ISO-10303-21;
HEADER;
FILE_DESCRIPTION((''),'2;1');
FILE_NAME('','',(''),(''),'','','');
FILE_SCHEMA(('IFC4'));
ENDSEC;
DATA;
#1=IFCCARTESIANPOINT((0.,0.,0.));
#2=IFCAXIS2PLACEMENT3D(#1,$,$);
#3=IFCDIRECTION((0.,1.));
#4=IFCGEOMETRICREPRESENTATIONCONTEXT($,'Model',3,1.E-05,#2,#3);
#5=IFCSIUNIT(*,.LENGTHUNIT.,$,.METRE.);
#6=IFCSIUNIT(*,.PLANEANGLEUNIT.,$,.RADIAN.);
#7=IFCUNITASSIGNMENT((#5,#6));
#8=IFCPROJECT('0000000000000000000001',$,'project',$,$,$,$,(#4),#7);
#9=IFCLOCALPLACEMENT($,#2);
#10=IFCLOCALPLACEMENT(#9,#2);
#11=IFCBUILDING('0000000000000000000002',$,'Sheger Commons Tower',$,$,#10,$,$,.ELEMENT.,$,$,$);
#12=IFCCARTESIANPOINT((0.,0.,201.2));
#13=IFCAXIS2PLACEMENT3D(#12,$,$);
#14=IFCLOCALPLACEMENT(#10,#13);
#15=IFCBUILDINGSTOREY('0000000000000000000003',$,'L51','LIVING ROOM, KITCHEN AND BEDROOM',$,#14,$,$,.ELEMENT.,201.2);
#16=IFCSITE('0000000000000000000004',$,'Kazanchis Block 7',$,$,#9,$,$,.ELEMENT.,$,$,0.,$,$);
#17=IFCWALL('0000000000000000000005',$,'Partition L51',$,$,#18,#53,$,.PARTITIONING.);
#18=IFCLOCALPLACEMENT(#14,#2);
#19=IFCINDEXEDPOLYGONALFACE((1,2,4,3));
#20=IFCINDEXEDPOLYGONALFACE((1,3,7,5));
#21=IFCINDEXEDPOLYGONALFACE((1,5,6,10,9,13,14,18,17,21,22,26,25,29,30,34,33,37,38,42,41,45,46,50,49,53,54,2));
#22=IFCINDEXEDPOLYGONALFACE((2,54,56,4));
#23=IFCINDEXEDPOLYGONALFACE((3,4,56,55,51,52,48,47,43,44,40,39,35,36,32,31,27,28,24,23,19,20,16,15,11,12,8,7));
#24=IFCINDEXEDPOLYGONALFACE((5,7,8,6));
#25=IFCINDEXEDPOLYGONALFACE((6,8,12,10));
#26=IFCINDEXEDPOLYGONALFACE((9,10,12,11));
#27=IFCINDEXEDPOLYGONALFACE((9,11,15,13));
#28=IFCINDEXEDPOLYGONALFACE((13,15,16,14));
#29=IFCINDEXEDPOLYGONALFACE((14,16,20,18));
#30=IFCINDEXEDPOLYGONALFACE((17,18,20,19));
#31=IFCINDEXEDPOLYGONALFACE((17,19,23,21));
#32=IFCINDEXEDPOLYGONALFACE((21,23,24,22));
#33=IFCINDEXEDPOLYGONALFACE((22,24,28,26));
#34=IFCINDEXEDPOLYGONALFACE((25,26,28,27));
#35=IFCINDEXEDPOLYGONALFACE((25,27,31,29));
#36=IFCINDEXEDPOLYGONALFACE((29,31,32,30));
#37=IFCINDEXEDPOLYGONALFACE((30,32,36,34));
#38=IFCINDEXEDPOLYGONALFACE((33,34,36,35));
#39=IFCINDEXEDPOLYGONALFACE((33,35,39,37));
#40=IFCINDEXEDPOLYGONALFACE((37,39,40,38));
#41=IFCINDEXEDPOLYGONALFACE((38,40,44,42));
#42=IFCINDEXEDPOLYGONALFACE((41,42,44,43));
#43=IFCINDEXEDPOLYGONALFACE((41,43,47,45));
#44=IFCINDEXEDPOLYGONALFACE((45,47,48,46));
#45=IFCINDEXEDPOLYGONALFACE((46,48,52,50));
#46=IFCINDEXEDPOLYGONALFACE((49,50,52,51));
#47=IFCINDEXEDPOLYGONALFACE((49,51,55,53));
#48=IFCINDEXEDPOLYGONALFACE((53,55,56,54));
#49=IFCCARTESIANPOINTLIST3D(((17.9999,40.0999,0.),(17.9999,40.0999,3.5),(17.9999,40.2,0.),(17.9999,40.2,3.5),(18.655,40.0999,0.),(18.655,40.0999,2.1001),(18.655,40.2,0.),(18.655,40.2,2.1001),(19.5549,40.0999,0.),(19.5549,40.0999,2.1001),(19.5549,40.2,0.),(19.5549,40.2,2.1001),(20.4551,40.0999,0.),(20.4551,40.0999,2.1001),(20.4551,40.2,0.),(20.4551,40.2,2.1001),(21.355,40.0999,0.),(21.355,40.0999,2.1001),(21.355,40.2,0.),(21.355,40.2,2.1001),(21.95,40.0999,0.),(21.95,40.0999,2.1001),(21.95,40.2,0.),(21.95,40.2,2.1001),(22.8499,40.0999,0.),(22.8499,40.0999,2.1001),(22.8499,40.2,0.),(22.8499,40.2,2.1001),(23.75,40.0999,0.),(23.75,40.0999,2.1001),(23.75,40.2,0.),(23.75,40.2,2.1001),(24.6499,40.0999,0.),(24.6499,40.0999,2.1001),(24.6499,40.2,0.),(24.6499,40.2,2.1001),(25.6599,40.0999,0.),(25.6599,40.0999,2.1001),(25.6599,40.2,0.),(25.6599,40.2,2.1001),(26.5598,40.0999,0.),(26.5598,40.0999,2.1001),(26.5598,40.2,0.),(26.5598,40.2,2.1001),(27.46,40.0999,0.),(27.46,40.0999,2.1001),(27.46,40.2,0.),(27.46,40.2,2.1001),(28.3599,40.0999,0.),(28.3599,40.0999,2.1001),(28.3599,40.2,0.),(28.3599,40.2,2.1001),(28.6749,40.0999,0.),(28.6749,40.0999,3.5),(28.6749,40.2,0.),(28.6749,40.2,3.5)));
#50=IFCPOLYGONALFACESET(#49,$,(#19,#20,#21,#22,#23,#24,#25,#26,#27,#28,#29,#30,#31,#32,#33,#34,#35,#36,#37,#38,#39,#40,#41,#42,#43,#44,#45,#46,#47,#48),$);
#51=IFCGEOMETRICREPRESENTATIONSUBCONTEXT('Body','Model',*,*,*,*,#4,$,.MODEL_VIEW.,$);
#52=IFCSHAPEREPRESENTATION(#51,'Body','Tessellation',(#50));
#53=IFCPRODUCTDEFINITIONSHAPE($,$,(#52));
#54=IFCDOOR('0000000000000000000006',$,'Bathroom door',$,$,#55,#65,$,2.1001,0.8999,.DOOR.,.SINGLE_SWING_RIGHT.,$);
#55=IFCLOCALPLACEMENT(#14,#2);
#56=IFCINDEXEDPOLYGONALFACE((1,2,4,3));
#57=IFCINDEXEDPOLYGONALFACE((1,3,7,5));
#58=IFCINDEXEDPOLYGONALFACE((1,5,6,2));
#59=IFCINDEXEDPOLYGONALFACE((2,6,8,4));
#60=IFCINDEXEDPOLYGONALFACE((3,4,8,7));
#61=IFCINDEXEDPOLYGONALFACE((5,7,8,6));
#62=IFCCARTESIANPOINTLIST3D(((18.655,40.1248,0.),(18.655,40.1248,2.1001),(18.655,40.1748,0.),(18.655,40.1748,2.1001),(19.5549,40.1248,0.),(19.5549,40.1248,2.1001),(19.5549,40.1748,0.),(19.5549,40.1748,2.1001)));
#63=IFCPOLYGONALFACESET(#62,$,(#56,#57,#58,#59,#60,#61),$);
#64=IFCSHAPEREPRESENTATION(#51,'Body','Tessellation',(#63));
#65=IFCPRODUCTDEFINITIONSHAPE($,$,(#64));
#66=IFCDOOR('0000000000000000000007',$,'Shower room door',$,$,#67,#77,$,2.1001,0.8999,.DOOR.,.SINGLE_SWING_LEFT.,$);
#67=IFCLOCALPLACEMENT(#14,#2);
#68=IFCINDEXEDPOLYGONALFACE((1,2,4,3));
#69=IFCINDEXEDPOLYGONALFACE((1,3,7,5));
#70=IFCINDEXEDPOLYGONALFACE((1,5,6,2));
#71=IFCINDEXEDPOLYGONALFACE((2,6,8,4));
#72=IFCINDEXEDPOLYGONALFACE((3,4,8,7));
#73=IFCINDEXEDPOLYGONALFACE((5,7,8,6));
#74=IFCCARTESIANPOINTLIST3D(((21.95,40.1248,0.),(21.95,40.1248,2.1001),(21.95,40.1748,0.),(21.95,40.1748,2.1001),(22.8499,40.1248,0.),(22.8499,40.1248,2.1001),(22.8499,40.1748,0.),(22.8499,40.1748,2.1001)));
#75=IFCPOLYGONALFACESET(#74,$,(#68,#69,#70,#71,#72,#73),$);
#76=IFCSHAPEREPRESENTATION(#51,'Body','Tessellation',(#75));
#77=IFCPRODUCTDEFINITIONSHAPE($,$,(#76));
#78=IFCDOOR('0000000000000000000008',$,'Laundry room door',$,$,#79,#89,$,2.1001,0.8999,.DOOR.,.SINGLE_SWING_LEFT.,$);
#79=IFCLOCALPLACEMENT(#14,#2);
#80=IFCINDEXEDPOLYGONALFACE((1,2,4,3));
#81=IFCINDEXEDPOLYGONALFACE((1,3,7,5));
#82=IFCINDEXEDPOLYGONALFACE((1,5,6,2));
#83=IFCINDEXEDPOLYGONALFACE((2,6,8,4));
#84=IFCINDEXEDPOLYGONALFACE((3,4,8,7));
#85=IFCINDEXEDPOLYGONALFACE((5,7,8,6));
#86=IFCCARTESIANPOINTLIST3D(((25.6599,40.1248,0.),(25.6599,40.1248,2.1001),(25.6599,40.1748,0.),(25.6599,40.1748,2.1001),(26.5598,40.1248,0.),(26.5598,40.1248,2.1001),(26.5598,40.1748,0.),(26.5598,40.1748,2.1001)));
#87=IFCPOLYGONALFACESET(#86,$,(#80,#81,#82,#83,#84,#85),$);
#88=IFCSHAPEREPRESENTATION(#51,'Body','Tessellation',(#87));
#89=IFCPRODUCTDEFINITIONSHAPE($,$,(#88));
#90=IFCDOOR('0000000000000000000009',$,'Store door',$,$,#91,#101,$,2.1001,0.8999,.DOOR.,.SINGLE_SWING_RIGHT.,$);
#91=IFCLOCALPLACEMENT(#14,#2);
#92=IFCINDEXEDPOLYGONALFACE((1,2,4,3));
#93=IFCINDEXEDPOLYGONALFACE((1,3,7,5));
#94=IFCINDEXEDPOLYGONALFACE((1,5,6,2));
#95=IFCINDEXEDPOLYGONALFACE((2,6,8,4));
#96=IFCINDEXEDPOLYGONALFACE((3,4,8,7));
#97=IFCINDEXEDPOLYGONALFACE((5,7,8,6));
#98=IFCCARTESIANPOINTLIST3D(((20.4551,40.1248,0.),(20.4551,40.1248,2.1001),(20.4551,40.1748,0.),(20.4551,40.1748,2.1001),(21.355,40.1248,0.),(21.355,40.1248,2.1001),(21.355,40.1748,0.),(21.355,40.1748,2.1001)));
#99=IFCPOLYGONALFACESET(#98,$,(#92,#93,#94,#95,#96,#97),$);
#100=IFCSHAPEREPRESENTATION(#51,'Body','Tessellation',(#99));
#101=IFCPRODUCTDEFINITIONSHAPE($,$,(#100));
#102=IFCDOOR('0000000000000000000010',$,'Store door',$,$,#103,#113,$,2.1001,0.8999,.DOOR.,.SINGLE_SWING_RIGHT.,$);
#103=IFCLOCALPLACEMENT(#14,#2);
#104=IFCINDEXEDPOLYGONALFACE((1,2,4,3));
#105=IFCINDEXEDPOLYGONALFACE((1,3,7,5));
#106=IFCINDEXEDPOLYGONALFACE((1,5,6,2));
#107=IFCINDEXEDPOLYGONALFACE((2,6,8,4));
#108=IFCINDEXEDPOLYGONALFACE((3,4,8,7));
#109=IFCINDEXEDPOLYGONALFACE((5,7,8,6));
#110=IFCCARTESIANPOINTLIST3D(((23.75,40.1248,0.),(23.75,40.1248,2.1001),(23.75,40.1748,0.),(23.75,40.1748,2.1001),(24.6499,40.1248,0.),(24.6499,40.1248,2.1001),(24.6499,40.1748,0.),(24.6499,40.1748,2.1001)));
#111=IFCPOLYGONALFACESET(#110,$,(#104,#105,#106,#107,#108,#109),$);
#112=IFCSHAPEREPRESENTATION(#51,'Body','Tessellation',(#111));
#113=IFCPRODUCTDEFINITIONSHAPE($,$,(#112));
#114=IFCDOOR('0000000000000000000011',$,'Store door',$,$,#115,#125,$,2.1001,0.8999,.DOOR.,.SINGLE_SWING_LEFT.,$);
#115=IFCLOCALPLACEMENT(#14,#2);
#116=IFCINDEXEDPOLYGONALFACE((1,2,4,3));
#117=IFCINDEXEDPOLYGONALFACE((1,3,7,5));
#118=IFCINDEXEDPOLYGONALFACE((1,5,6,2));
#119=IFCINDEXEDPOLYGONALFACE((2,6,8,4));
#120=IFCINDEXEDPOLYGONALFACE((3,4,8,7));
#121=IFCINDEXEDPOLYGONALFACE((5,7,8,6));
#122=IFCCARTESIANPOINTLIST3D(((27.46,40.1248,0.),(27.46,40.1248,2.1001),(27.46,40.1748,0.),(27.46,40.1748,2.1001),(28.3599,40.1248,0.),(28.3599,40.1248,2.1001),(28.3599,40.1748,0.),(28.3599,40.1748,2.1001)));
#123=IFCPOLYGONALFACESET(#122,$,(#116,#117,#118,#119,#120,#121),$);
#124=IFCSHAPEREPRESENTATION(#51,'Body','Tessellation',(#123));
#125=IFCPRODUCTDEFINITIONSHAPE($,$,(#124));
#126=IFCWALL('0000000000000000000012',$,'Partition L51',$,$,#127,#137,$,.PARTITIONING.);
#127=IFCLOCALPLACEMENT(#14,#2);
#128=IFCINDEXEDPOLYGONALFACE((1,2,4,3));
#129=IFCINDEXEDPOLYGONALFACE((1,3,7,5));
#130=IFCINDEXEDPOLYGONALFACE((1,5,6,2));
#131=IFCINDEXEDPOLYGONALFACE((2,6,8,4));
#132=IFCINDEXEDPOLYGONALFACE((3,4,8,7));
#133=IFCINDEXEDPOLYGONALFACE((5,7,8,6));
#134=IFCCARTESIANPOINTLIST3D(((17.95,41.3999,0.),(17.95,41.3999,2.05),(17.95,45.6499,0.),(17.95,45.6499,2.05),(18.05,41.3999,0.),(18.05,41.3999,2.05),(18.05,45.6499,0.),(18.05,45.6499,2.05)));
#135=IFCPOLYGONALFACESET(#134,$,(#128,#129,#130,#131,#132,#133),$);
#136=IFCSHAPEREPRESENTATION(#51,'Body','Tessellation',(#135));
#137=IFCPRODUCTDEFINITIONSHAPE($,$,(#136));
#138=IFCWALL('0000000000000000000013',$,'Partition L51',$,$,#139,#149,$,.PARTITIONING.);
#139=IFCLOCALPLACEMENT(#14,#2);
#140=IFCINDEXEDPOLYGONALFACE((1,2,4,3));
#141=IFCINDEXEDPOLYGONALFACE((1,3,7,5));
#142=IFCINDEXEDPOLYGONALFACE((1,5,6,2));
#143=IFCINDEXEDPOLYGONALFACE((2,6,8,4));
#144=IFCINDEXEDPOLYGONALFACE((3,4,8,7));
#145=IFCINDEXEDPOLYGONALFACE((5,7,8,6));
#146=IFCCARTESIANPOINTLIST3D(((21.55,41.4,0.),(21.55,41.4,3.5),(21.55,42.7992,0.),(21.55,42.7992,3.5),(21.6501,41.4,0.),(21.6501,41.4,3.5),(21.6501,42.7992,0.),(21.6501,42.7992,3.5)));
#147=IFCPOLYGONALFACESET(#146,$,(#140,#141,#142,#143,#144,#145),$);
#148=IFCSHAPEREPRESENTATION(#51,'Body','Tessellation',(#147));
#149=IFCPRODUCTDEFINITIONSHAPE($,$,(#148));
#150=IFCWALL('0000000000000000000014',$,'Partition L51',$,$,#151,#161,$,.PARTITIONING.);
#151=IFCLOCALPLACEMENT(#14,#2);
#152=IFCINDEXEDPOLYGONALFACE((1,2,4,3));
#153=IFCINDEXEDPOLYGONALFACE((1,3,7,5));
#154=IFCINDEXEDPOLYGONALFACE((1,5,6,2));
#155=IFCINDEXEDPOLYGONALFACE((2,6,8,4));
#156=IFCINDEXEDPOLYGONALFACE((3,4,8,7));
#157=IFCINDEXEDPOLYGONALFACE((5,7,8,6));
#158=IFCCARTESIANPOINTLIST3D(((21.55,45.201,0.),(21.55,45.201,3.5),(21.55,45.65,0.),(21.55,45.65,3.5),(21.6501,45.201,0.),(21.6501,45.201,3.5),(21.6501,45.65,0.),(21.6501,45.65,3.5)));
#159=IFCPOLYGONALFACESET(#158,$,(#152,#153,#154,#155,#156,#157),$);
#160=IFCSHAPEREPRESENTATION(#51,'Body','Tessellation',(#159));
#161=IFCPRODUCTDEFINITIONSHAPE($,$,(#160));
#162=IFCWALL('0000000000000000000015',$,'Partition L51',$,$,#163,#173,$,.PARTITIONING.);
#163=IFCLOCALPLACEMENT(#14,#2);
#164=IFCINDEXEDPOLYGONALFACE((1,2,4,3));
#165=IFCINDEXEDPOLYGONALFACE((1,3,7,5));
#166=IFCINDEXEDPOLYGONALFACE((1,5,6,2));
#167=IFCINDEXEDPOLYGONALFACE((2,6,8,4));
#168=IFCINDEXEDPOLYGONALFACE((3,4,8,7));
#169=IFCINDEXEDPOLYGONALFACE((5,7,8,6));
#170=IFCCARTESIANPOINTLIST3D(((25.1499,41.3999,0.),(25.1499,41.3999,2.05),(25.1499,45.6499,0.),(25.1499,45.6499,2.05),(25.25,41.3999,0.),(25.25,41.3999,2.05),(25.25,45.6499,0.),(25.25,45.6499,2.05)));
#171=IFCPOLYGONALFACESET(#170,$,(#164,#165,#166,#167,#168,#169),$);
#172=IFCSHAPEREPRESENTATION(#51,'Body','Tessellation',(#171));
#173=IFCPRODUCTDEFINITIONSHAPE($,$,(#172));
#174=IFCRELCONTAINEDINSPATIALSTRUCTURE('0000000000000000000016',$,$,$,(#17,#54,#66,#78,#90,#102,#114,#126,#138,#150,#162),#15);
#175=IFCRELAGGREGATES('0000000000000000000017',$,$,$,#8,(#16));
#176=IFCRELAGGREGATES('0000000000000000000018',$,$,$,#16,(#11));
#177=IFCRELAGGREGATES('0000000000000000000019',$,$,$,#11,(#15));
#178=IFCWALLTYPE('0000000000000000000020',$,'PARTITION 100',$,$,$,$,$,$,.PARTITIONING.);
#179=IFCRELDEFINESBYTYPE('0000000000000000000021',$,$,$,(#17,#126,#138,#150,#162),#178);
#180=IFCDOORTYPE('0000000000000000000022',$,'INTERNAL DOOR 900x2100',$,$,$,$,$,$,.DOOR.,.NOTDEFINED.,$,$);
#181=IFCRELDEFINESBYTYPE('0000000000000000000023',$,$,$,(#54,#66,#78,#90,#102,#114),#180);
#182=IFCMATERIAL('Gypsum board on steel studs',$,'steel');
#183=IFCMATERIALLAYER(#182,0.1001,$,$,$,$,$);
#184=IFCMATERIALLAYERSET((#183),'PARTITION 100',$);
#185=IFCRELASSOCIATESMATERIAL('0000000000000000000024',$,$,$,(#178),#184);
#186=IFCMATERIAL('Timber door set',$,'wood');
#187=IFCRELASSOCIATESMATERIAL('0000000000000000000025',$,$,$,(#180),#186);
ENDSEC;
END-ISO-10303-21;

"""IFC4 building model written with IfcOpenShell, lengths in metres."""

from ifc_helpers import new_model, si_unit, direction, frame, frame_2d, origin, place, context, subcontext, project, spatial, rectangle, extrude, material, layer, layer_set, type_object, element, fill, save


model = new_model("IFC4")

# Units and contexts
model_context = context("Model", 3, precision=1e-05, world=origin(), true_north=direction((0.0, 1.0)))
body_context = subcontext(model_context, "Body", "Model", "MODEL_VIEW")
ifc_project = project(units=[si_unit("LENGTHUNIT", "METRE"), si_unit("PLANEANGLEUNIT", "RADIAN")], contexts=[model_context])

# Site, building, storey
site_placement = place(None, origin())
site = spatial("IfcSite", under=ifc_project, at=site_placement, Name="Kazanchis Block 7", CompositionType="ELEMENT", RefElevation=0.0)
building_placement = place(site_placement, origin())
building = spatial("IfcBuilding", under=site, at=building_placement, Name="Sheger Commons Tower", CompositionType="ELEMENT")
storey_placement = place(building_placement, frame((0.0, 0.0, 201.2)))
storey = spatial("IfcBuildingStorey", under=building, at=storey_placement, Name="L51", Description="LIVING ROOM, KITCHEN AND BEDROOM", CompositionType="ELEMENT", Elevation=201.2)

# Wall, openings, doors
ifc_material_1 = material(Name="Gypsum board on steel studs", Category="steel")
ifc_layer_1 = layer(ifc_material_1, 0.1001)
ifc_layer_set_1 = layer_set([ifc_layer_1], Name="PARTITION 100")
wall_type = type_object("IfcWallType", Name="PARTITION 100", PredefinedType="PARTITIONING", material=ifc_layer_set_1)
ifc_material_2 = material(Name="Timber door set", Category="wood")
door_type = type_object("IfcDoorType", Name="INTERNAL DOOR 900x2100", OperationType="NOTDEFINED", PredefinedType="DOOR", material=ifc_material_2)
wall_1_placement = place(storey_placement, frame((18.0, 40.1499, 0.0), z_axis=(0.0, 0.0, 1.0), x_axis=(1.0, 0.0, 0.0)))
wall_1 = element("IfcWall", 1, at=wall_1_placement, inside=storey, type_object=wall_type, Name="Partition L51", PredefinedType="PARTITIONING", context=body_context, shape_type="SweptSolid", body=[
    extrude(rectangle(XDim=10.675, YDim=0.1001, at=frame_2d((5.3374, 0.0))), origin(), (0.0, 0.0, 1.0), 3.5),
])
opening_1_placement = place(wall_1_placement, frame((0.655, 0.0, 0.0)))
opening_1 = element("IfcOpeningElement", 2, at=opening_1_placement, cuts=wall_1, PredefinedType="OPENING", context=body_context, shape_type="SweptSolid", body=[
    extrude(rectangle(XDim=0.8999, YDim=2.1001, at=frame_2d((0.45, 1.05))), frame((0.0, 0.0601, 0.0), z_axis=(0.0, -1.0, 0.0), x_axis=(1.0, 0.0, 0.0)), (0.0, 0.0, 1.0), 0.1201),
])
opening_2_placement = place(wall_1_placement, frame((3.95, 0.0, 0.0)))
opening_2 = element("IfcOpeningElement", 3, at=opening_2_placement, cuts=wall_1, PredefinedType="OPENING", context=body_context, shape_type="SweptSolid", body=[
    extrude(rectangle(XDim=0.8999, YDim=2.1001, at=frame_2d((0.45, 1.05))), frame((0.0, 0.0601, 0.0), z_axis=(0.0, -1.0, 0.0), x_axis=(1.0, 0.0, 0.0)), (0.0, 0.0, 1.0), 0.1201),
])
opening_3_placement = place(wall_1_placement, frame((7.6599, 0.0, 0.0)))
opening_3 = element("IfcOpeningElement", 4, at=opening_3_placement, cuts=wall_1, PredefinedType="OPENING", context=body_context, shape_type="SweptSolid", body=[
    extrude(rectangle(XDim=0.8999, YDim=2.1001, at=frame_2d((0.45, 1.05))), frame((0.0, 0.0601, 0.0), z_axis=(0.0, -1.0, 0.0), x_axis=(1.0, 0.0, 0.0)), (0.0, 0.0, 1.0), 0.1201),
])
opening_4_placement = place(wall_1_placement, frame((2.4551, 0.0, 0.0)))
opening_4 = element("IfcOpeningElement", 5, at=opening_4_placement, cuts=wall_1, PredefinedType="OPENING", context=body_context, shape_type="SweptSolid", body=[
    extrude(rectangle(XDim=0.8999, YDim=2.1001, at=frame_2d((0.45, 1.05))), frame((0.0, 0.0601, 0.0), z_axis=(0.0, -1.0, 0.0), x_axis=(1.0, 0.0, 0.0)), (0.0, 0.0, 1.0), 0.1201),
])
opening_5_placement = place(wall_1_placement, frame((5.75, 0.0, 0.0)))
opening_5 = element("IfcOpeningElement", 6, at=opening_5_placement, cuts=wall_1, PredefinedType="OPENING", context=body_context, shape_type="SweptSolid", body=[
    extrude(rectangle(XDim=0.8999, YDim=2.1001, at=frame_2d((0.45, 1.05))), frame((0.0, 0.0601, 0.0), z_axis=(0.0, -1.0, 0.0), x_axis=(1.0, 0.0, 0.0)), (0.0, 0.0, 1.0), 0.1201),
])
opening_6_placement = place(wall_1_placement, frame((9.46, 0.0, 0.0)))
opening_6 = element("IfcOpeningElement", 7, at=opening_6_placement, cuts=wall_1, PredefinedType="OPENING", context=body_context, shape_type="SweptSolid", body=[
    extrude(rectangle(XDim=0.8999, YDim=2.1001, at=frame_2d((0.45, 1.05))), frame((0.0, 0.0601, 0.0), z_axis=(0.0, -1.0, 0.0), x_axis=(1.0, 0.0, 0.0)), (0.0, 0.0, 1.0), 0.1201),
])
door_1_placement = place(opening_1_placement, origin())
door_1 = element("IfcDoor", 8, at=door_1_placement, inside=storey, type_object=door_type, Name="Bathroom door", OperationType="SINGLE_SWING_RIGHT", OverallHeight=2.1001, OverallWidth=0.8999, PredefinedType="DOOR", context=body_context, shape_type="SweptSolid", body=[
    extrude(rectangle(XDim=0.8999, YDim=2.1001, at=frame_2d((0.45, 1.05))), frame((0.0, 0.0249, 0.0), z_axis=(0.0, -1.0, 0.0), x_axis=(1.0, 0.0, 0.0)), (0.0, 0.0, 1.0), 0.05),
])
fill(opening_1, door_1)
door_2_placement = place(opening_2_placement, origin())
door_2 = element("IfcDoor", 9, at=door_2_placement, inside=storey, type_object=door_type, Name="Shower room door", OperationType="SINGLE_SWING_LEFT", OverallHeight=2.1001, OverallWidth=0.8999, PredefinedType="DOOR", context=body_context, shape_type="SweptSolid", body=[
    extrude(rectangle(XDim=0.8999, YDim=2.1001, at=frame_2d((0.45, 1.05))), frame((0.0, 0.0249, 0.0), z_axis=(0.0, -1.0, 0.0), x_axis=(1.0, 0.0, 0.0)), (0.0, 0.0, 1.0), 0.05),
])
fill(opening_2, door_2)
door_3_placement = place(opening_3_placement, origin())
door_3 = element("IfcDoor", 10, at=door_3_placement, inside=storey, type_object=door_type, Name="Laundry room door", OperationType="SINGLE_SWING_LEFT", OverallHeight=2.1001, OverallWidth=0.8999, PredefinedType="DOOR", context=body_context, shape_type="SweptSolid", body=[
    extrude(rectangle(XDim=0.8999, YDim=2.1001, at=frame_2d((0.45, 1.05))), frame((0.0, 0.0249, 0.0), z_axis=(0.0, -1.0, 0.0), x_axis=(1.0, 0.0, 0.0)), (0.0, 0.0, 1.0), 0.05),
])
fill(opening_3, door_3)
door_4_placement = place(opening_4_placement, origin())
door_4 = element("IfcDoor", 11, at=door_4_placement, inside=storey, type_object=door_type, Name="Store door", OperationType="SINGLE_SWING_RIGHT", OverallHeight=2.1001, OverallWidth=0.8999, PredefinedType="DOOR", context=body_context, shape_type="SweptSolid", body=[
    extrude(rectangle(XDim=0.8999, YDim=2.1001, at=frame_2d((0.45, 1.05))), frame((0.0, 0.0249, 0.0), z_axis=(0.0, -1.0, 0.0), x_axis=(1.0, 0.0, 0.0)), (0.0, 0.0, 1.0), 0.05),
])
fill(opening_4, door_4)
door_5_placement = place(opening_5_placement, origin())
door_5 = element("IfcDoor", 12, at=door_5_placement, inside=storey, type_object=door_type, Name="Store door", OperationType="SINGLE_SWING_RIGHT", OverallHeight=2.1001, OverallWidth=0.8999, PredefinedType="DOOR", context=body_context, shape_type="SweptSolid", body=[
    extrude(rectangle(XDim=0.8999, YDim=2.1001, at=frame_2d((0.45, 1.05))), frame((0.0, 0.0249, 0.0), z_axis=(0.0, -1.0, 0.0), x_axis=(1.0, 0.0, 0.0)), (0.0, 0.0, 1.0), 0.05),
])
fill(opening_5, door_5)
door_6_placement = place(opening_6_placement, origin())
door_6 = element("IfcDoor", 13, at=door_6_placement, inside=storey, type_object=door_type, Name="Store door", OperationType="SINGLE_SWING_LEFT", OverallHeight=2.1001, OverallWidth=0.8999, PredefinedType="DOOR", context=body_context, shape_type="SweptSolid", body=[
    extrude(rectangle(XDim=0.8999, YDim=2.1001, at=frame_2d((0.45, 1.05))), frame((0.0, 0.0249, 0.0), z_axis=(0.0, -1.0, 0.0), x_axis=(1.0, 0.0, 0.0)), (0.0, 0.0, 1.0), 0.05),
])
fill(opening_6, door_6)

# Walls
wall_2_placement = place(storey_placement, frame((18.0, 41.3999, 0.0), z_axis=(0.0, 0.0, 1.0), x_axis=(0.0, 1.0, 0.0)))
element("IfcWall", 14, at=wall_2_placement, inside=storey, type_object=wall_type, Name="Partition L51", PredefinedType="PARTITIONING", context=body_context, shape_type="SweptSolid", body=[
    extrude(rectangle(XDim=4.25, YDim=0.1001, at=frame_2d((2.125, 0.0))), origin(), (0.0, 0.0, 1.0), 2.05),
])
wall_3_placement = place(storey_placement, frame((21.6001, 41.3999, 0.0), z_axis=(0.0, 0.0, 1.0), x_axis=(0.0, 1.0, 0.0)))
element("IfcWall", 15, at=wall_3_placement, inside=storey, type_object=wall_type, Name="Partition L51", PredefinedType="PARTITIONING", context=body_context, shape_type="SweptSolid", body=[
    extrude(rectangle(XDim=1.3992, YDim=0.1001, at=frame_2d((0.6997, 0.0))), origin(), (0.0, 0.0, 1.0), 3.5),
])
wall_4_placement = place(storey_placement, frame((21.6001, 45.2009, 0.0), z_axis=(0.0, 0.0, 1.0), x_axis=(0.0, 1.0, 0.0)))
element("IfcWall", 16, at=wall_4_placement, inside=storey, type_object=wall_type, Name="Partition L51", PredefinedType="PARTITIONING", context=body_context, shape_type="SweptSolid", body=[
    extrude(rectangle(XDim=0.449, YDim=0.1001, at=frame_2d((0.2246, 0.0))), origin(), (0.0, 0.0, 1.0), 3.5),
])
wall_5_placement = place(storey_placement, frame((25.2, 41.3999, 0.0), z_axis=(0.0, 0.0, 1.0), x_axis=(0.0, 1.0, 0.0)))
element("IfcWall", 17, at=wall_5_placement, inside=storey, type_object=wall_type, Name="Partition L51", PredefinedType="PARTITIONING", context=body_context, shape_type="SweptSolid", body=[
    extrude(rectangle(XDim=4.25, YDim=0.1001, at=frame_2d((2.125, 0.0))), origin(), (0.0, 0.0, 1.0), 2.05),
])

save(model, "model.ifc")
